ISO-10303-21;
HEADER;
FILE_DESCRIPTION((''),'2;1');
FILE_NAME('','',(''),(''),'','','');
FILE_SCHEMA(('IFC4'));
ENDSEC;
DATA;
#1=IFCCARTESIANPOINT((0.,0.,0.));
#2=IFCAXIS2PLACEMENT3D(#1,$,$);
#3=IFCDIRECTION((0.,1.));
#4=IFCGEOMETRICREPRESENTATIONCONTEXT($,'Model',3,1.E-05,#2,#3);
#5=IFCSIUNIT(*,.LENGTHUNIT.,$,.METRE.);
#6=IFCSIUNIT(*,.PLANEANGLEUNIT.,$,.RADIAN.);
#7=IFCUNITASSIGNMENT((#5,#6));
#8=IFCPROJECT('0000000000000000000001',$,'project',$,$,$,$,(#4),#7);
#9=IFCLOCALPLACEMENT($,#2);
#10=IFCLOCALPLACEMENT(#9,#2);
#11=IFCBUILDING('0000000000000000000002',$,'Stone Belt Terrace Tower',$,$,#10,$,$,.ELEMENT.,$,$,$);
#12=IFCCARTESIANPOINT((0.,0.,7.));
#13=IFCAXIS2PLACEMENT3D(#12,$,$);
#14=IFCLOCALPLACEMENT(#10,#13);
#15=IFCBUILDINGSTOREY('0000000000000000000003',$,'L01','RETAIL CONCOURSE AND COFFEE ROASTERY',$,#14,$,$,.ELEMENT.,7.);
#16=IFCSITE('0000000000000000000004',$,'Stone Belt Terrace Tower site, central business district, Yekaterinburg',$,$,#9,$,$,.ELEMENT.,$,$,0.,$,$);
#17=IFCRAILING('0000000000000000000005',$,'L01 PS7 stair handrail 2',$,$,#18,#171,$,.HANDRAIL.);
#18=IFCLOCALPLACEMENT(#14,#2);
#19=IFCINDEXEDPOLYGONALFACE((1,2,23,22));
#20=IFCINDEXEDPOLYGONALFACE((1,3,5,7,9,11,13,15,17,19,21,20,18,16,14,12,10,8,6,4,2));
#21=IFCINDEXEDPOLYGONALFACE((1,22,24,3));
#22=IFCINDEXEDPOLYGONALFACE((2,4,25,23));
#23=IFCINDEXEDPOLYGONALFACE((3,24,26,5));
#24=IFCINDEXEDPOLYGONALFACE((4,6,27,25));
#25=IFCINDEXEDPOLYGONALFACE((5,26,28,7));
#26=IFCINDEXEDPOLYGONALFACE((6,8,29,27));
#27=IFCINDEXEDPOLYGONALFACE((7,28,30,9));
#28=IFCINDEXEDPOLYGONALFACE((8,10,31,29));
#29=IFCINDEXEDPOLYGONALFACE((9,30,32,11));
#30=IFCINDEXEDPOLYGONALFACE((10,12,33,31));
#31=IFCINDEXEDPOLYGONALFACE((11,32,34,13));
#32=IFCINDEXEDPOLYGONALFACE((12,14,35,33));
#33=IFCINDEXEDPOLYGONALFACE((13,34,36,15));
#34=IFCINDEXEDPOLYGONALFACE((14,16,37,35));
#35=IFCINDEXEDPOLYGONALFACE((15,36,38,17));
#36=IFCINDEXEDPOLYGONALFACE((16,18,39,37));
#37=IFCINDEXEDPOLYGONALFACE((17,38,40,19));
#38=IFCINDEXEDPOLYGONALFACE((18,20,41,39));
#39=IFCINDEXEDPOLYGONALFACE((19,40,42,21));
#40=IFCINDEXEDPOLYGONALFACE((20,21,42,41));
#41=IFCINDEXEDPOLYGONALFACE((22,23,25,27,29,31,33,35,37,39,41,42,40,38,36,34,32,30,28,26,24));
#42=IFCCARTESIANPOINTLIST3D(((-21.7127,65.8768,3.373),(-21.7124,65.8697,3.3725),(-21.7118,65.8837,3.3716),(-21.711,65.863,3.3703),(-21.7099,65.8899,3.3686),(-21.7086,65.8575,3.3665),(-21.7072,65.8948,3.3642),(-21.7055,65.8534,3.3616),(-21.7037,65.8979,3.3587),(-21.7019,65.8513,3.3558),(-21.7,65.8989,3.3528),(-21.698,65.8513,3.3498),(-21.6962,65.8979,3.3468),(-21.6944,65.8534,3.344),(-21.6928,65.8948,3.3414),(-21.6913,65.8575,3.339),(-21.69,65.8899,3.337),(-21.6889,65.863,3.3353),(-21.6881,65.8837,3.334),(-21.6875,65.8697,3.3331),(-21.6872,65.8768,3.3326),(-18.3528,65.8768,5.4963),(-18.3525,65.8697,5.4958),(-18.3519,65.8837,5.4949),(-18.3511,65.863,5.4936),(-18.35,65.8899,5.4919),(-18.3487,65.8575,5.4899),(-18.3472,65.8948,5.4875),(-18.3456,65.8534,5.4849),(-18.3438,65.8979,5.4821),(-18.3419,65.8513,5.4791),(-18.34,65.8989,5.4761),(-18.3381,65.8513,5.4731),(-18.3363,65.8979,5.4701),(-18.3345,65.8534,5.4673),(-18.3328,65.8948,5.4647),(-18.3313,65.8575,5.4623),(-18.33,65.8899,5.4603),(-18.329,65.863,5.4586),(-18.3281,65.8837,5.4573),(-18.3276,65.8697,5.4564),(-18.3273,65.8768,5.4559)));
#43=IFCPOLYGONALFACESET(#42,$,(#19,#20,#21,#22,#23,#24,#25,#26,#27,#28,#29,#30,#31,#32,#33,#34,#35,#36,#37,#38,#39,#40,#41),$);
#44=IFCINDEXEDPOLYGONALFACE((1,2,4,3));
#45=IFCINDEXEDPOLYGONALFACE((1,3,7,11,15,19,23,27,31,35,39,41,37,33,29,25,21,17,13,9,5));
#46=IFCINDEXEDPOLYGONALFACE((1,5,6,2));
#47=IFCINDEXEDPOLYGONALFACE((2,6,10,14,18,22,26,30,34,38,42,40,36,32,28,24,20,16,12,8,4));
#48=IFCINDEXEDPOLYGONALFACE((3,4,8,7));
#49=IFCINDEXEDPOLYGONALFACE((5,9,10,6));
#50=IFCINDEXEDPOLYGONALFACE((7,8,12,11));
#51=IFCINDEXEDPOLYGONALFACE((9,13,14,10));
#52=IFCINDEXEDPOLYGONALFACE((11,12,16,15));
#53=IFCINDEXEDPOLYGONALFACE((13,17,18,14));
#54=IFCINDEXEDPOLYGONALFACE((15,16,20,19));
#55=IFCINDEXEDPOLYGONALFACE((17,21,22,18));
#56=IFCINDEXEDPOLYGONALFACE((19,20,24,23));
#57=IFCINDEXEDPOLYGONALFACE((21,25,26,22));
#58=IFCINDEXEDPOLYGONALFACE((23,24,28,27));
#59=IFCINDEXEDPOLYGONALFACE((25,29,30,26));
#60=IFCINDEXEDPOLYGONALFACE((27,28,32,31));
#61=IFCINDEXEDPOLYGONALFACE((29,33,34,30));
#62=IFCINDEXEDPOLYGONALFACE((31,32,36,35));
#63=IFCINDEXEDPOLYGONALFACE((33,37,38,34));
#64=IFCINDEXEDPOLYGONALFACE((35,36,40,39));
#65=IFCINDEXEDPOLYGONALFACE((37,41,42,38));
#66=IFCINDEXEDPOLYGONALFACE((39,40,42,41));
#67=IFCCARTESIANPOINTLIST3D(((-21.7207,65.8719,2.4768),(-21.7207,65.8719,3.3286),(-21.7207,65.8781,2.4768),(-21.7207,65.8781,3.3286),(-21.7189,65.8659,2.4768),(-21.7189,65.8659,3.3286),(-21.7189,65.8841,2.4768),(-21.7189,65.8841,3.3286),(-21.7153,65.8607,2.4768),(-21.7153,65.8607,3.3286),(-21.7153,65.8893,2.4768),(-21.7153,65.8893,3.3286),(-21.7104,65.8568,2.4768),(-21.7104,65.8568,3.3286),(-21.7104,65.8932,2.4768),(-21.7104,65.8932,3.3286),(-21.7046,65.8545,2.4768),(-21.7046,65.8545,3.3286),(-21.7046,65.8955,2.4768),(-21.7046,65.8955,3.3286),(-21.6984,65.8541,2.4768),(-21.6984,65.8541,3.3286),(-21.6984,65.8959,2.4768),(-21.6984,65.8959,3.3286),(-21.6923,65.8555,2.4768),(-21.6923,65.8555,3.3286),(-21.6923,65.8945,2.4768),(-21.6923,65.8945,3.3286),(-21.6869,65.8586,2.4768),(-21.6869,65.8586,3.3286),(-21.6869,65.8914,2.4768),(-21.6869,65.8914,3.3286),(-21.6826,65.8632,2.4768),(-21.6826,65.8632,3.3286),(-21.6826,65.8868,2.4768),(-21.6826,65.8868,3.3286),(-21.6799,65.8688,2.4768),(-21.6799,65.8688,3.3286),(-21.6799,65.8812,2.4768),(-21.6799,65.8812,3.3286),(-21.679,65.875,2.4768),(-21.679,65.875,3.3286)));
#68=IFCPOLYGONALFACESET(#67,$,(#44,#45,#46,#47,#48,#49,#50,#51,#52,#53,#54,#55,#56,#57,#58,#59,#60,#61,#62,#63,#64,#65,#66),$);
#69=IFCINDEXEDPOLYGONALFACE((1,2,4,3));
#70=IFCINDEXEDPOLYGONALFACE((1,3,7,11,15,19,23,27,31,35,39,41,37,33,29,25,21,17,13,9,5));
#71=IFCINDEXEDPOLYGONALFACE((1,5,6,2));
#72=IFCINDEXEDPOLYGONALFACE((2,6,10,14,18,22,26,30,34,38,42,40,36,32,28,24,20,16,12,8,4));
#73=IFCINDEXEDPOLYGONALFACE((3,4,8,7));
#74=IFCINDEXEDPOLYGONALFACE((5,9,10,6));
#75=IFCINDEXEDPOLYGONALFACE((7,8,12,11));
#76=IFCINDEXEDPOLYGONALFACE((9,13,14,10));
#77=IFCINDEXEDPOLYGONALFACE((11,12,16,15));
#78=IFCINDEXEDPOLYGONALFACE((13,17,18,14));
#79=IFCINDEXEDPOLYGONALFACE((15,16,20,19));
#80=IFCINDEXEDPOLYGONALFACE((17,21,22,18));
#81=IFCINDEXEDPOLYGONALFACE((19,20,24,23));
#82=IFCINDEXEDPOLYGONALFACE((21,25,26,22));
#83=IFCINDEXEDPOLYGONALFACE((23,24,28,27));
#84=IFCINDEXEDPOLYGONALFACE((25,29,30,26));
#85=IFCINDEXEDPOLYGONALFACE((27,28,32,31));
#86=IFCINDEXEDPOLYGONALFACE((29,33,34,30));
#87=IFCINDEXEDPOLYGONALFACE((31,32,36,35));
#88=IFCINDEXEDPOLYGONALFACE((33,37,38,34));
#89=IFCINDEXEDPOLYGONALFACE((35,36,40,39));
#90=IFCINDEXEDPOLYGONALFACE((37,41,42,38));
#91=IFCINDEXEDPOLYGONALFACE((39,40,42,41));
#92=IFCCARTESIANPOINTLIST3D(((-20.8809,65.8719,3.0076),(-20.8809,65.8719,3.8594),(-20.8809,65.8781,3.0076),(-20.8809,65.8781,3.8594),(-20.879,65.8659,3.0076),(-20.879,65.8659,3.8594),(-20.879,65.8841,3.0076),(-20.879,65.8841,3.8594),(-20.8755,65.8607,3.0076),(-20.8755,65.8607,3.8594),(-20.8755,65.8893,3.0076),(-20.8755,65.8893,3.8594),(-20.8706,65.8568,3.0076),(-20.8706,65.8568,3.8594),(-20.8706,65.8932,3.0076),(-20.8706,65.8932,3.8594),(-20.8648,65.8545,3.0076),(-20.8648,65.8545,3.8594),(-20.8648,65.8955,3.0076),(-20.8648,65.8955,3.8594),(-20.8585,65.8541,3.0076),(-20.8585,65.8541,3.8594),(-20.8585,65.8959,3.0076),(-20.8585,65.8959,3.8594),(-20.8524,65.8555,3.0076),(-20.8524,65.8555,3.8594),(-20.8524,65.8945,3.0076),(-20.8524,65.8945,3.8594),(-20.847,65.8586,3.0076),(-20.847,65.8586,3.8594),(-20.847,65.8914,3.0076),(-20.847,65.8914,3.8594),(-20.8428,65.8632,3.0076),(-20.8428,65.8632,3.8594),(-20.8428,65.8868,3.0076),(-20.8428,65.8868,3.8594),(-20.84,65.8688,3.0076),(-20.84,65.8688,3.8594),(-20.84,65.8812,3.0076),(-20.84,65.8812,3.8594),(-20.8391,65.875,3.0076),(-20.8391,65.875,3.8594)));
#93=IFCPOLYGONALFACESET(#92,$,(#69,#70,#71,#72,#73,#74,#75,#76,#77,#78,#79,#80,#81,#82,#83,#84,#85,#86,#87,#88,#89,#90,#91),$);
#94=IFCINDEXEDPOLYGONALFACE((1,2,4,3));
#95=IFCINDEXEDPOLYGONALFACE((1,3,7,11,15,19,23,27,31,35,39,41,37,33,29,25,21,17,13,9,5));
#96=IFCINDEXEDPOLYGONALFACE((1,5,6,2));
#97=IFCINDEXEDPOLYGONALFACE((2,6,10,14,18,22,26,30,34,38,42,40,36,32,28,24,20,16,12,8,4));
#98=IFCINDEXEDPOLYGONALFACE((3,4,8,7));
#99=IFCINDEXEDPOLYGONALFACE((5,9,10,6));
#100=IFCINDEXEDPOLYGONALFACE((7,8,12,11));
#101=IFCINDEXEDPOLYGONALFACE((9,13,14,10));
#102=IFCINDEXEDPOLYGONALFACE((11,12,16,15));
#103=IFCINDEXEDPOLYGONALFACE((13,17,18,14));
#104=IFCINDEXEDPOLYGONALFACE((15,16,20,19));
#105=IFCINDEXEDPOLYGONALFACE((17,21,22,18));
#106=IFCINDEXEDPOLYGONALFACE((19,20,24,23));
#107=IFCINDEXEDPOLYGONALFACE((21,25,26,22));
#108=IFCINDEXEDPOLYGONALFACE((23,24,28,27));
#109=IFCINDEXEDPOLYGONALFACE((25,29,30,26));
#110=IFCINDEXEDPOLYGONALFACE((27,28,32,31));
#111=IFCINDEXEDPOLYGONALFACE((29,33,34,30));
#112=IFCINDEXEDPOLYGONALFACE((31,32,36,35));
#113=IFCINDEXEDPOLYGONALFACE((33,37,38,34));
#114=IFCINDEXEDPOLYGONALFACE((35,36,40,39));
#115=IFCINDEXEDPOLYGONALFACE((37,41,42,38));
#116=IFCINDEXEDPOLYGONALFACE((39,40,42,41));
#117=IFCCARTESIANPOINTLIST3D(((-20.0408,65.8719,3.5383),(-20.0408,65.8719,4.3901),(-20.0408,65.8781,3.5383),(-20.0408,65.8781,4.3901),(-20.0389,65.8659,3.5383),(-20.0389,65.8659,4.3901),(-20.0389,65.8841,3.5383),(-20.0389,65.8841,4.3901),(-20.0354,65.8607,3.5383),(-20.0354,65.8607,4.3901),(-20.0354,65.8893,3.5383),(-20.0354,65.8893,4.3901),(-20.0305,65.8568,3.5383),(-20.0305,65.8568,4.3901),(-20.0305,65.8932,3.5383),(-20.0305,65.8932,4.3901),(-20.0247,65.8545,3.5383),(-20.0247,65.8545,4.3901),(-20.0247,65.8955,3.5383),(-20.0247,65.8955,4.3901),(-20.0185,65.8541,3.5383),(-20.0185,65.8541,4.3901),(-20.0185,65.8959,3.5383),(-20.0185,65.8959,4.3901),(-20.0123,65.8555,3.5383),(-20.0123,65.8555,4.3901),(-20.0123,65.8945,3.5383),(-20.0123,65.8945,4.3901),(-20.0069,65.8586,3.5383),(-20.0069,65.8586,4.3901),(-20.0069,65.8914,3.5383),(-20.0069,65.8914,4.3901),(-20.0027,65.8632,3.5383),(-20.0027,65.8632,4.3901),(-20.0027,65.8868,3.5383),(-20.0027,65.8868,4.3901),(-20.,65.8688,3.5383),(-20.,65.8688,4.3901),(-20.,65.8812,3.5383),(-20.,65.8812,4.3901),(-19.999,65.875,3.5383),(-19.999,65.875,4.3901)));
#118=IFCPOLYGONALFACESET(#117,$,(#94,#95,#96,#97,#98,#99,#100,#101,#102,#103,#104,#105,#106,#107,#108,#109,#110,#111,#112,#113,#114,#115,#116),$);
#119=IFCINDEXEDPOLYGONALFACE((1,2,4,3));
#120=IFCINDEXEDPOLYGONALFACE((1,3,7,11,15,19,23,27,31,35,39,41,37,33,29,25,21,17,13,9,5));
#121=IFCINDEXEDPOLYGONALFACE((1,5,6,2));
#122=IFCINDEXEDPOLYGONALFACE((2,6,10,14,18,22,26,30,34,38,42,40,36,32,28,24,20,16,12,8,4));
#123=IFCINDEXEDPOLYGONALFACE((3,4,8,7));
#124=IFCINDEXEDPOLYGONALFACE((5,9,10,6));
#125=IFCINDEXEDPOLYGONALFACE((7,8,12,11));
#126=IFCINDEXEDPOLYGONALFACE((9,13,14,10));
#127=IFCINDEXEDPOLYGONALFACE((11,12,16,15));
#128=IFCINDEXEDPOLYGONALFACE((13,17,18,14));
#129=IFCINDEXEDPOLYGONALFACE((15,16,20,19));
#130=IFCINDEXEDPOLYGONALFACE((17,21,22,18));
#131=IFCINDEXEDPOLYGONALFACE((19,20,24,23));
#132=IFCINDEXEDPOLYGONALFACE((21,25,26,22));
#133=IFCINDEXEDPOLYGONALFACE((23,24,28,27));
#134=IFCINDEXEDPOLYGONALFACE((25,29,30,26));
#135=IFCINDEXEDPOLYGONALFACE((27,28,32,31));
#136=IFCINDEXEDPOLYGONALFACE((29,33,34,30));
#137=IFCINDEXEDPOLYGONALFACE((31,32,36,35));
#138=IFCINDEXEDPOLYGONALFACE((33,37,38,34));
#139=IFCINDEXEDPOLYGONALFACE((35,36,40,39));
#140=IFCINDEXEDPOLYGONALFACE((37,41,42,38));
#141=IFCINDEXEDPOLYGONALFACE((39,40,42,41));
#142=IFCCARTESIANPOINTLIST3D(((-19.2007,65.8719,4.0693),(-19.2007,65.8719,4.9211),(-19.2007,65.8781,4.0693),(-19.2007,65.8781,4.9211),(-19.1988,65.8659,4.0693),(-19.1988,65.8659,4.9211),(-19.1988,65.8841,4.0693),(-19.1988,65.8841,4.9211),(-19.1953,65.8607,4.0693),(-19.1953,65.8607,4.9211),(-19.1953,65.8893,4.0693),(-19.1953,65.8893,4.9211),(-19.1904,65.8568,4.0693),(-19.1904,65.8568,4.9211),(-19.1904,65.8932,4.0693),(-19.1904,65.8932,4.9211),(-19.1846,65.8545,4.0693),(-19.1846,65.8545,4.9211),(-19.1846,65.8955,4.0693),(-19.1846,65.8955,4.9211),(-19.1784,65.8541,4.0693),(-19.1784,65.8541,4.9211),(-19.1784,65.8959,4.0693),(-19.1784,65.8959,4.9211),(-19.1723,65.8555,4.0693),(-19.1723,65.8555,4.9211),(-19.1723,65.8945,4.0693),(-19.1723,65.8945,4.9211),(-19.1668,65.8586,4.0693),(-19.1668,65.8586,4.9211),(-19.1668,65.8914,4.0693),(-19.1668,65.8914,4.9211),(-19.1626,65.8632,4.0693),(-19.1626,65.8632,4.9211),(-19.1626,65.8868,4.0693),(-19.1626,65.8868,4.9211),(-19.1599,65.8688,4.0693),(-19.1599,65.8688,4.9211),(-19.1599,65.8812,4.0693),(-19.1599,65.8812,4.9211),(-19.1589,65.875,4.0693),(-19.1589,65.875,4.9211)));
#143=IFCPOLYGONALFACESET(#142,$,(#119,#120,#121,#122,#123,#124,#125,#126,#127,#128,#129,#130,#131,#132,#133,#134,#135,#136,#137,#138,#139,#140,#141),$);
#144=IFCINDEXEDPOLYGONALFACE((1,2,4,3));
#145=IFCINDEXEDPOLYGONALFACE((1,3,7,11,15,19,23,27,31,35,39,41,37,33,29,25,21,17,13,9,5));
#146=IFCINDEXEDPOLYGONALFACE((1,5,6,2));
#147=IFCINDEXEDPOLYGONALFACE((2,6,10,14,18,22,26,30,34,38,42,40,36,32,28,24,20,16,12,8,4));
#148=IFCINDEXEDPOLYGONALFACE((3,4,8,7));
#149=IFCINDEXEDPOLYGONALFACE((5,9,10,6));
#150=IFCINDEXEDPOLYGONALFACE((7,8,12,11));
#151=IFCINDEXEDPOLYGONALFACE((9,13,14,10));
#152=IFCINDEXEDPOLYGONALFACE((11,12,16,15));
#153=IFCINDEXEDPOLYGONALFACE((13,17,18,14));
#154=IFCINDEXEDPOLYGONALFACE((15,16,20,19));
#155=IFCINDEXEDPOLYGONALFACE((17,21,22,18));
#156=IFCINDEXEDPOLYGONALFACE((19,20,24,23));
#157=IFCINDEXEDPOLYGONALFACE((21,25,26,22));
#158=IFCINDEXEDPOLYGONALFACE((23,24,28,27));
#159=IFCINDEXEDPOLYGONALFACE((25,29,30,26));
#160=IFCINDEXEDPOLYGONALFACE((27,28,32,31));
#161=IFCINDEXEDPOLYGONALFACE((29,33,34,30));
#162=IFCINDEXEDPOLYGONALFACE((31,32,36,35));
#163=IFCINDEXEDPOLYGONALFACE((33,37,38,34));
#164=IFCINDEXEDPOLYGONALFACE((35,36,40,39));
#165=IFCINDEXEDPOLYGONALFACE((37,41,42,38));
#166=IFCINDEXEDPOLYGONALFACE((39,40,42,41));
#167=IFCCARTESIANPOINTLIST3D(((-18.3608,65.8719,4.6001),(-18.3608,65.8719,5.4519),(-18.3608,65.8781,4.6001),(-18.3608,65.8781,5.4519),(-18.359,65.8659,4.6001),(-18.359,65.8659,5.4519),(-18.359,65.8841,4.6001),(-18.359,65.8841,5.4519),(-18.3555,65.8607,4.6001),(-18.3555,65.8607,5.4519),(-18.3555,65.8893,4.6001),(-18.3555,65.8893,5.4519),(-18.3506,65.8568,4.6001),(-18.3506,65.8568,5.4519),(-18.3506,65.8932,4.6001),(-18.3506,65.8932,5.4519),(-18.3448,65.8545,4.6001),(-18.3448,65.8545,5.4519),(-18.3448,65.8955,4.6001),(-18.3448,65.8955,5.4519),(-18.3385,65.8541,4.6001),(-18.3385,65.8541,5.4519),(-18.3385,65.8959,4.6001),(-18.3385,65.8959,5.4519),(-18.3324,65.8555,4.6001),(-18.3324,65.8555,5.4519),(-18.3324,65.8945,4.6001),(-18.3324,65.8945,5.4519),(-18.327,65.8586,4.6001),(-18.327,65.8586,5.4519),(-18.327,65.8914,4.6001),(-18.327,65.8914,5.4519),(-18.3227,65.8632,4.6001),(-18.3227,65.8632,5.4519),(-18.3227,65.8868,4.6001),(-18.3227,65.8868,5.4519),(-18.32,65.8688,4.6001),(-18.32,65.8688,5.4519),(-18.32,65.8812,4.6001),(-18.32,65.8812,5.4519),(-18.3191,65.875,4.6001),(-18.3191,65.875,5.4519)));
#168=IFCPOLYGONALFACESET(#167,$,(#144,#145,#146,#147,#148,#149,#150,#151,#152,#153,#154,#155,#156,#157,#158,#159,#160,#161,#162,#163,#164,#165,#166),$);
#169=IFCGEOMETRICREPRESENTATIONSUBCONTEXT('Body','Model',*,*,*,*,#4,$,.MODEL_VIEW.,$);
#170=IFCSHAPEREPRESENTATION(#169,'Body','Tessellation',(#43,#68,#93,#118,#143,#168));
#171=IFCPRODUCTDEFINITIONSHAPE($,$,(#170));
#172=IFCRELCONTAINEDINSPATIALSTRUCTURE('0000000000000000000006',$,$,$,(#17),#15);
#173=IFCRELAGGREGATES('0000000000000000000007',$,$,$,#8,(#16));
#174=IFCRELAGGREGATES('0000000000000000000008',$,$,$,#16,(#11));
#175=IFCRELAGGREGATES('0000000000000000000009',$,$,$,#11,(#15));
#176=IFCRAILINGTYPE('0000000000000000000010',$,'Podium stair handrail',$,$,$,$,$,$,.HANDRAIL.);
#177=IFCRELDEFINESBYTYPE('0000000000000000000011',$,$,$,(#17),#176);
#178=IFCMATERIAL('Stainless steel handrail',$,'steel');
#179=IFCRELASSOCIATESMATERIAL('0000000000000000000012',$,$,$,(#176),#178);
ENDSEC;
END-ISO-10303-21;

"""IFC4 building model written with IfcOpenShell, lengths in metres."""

from ifc_helpers import new_model, si_unit, direction, frame, origin, origin_2d, place, context, subcontext, project, spatial, circle, extrude, material, type_object, element, save


model = new_model("IFC4")

# Units and contexts
model_context = context("Model", 3, precision=1e-05, world=origin(), true_north=direction((0.0, 1.0)))
body_context = subcontext(model_context, "Body", "Model", "MODEL_VIEW")
ifc_project = project(units=[si_unit("LENGTHUNIT", "METRE"), si_unit("PLANEANGLEUNIT", "RADIAN")], contexts=[model_context])

# Site, building, storey
site_placement = place(None, origin())
site = spatial("IfcSite", under=ifc_project, at=site_placement, Name="Stone Belt Terrace Tower site, central business district, Yekaterinburg", CompositionType="ELEMENT", RefElevation=0.0)
building_placement = place(site_placement, origin())
building = spatial("IfcBuilding", under=site, at=building_placement, Name="Stone Belt Terrace Tower", CompositionType="ELEMENT")
storey_placement = place(building_placement, frame((0.0, 0.0, 7.0)))
storey = spatial("IfcBuildingStorey", under=building, at=storey_placement, Name="L01", Description="RETAIL CONCOURSE AND COFFEE ROASTERY", CompositionType="ELEMENT", Elevation=7.0)

# Railing
ifc_material_1 = material(Name="Stainless steel handrail", Category="steel")
railing_type_1 = type_object("IfcRailingType", Name="Podium stair handrail", PredefinedType="HANDRAIL", material=ifc_material_1)
railing_1_placement = place(storey_placement, frame((-21.7, 65.875, 2.4768)))
element("IfcRailing", 1, at=railing_1_placement, inside=storey, type_object=railing_type_1, Name="L01 PS7 stair handrail 2", PredefinedType="HANDRAIL", context=body_context, shape_type="SweptSolid", body=[
    extrude(circle(Radius=0.0239, at=origin_2d()), frame((0.0, 0.0, 0.876), z_axis=(0.845344, 0.0, 0.534222), x_axis=(0.0, 1.0, 0.0)), (0.0, 0.0, 1.0), 3.9746),
    extrude(circle(Radius=0.021, at=origin_2d()), origin(), (0.0, 0.0, 1.0), 0.8518),
    extrude(circle(Radius=0.021, at=origin_2d()), frame((0.8398, 0.0, 0.5308)), (0.0, 0.0, 1.0), 0.8518),
    extrude(circle(Radius=0.021, at=origin_2d()), frame((1.6799, 0.0, 1.0615)), (0.0, 0.0, 1.0), 0.8518),
    extrude(circle(Radius=0.021, at=origin_2d()), frame((2.52, 0.0, 1.5925)), (0.0, 0.0, 1.0), 0.8518),
    extrude(circle(Radius=0.021, at=origin_2d()), frame((3.3599, 0.0, 2.1233)), (0.0, 0.0, 1.0), 0.8518),
])

save(model, "model.ifc")
